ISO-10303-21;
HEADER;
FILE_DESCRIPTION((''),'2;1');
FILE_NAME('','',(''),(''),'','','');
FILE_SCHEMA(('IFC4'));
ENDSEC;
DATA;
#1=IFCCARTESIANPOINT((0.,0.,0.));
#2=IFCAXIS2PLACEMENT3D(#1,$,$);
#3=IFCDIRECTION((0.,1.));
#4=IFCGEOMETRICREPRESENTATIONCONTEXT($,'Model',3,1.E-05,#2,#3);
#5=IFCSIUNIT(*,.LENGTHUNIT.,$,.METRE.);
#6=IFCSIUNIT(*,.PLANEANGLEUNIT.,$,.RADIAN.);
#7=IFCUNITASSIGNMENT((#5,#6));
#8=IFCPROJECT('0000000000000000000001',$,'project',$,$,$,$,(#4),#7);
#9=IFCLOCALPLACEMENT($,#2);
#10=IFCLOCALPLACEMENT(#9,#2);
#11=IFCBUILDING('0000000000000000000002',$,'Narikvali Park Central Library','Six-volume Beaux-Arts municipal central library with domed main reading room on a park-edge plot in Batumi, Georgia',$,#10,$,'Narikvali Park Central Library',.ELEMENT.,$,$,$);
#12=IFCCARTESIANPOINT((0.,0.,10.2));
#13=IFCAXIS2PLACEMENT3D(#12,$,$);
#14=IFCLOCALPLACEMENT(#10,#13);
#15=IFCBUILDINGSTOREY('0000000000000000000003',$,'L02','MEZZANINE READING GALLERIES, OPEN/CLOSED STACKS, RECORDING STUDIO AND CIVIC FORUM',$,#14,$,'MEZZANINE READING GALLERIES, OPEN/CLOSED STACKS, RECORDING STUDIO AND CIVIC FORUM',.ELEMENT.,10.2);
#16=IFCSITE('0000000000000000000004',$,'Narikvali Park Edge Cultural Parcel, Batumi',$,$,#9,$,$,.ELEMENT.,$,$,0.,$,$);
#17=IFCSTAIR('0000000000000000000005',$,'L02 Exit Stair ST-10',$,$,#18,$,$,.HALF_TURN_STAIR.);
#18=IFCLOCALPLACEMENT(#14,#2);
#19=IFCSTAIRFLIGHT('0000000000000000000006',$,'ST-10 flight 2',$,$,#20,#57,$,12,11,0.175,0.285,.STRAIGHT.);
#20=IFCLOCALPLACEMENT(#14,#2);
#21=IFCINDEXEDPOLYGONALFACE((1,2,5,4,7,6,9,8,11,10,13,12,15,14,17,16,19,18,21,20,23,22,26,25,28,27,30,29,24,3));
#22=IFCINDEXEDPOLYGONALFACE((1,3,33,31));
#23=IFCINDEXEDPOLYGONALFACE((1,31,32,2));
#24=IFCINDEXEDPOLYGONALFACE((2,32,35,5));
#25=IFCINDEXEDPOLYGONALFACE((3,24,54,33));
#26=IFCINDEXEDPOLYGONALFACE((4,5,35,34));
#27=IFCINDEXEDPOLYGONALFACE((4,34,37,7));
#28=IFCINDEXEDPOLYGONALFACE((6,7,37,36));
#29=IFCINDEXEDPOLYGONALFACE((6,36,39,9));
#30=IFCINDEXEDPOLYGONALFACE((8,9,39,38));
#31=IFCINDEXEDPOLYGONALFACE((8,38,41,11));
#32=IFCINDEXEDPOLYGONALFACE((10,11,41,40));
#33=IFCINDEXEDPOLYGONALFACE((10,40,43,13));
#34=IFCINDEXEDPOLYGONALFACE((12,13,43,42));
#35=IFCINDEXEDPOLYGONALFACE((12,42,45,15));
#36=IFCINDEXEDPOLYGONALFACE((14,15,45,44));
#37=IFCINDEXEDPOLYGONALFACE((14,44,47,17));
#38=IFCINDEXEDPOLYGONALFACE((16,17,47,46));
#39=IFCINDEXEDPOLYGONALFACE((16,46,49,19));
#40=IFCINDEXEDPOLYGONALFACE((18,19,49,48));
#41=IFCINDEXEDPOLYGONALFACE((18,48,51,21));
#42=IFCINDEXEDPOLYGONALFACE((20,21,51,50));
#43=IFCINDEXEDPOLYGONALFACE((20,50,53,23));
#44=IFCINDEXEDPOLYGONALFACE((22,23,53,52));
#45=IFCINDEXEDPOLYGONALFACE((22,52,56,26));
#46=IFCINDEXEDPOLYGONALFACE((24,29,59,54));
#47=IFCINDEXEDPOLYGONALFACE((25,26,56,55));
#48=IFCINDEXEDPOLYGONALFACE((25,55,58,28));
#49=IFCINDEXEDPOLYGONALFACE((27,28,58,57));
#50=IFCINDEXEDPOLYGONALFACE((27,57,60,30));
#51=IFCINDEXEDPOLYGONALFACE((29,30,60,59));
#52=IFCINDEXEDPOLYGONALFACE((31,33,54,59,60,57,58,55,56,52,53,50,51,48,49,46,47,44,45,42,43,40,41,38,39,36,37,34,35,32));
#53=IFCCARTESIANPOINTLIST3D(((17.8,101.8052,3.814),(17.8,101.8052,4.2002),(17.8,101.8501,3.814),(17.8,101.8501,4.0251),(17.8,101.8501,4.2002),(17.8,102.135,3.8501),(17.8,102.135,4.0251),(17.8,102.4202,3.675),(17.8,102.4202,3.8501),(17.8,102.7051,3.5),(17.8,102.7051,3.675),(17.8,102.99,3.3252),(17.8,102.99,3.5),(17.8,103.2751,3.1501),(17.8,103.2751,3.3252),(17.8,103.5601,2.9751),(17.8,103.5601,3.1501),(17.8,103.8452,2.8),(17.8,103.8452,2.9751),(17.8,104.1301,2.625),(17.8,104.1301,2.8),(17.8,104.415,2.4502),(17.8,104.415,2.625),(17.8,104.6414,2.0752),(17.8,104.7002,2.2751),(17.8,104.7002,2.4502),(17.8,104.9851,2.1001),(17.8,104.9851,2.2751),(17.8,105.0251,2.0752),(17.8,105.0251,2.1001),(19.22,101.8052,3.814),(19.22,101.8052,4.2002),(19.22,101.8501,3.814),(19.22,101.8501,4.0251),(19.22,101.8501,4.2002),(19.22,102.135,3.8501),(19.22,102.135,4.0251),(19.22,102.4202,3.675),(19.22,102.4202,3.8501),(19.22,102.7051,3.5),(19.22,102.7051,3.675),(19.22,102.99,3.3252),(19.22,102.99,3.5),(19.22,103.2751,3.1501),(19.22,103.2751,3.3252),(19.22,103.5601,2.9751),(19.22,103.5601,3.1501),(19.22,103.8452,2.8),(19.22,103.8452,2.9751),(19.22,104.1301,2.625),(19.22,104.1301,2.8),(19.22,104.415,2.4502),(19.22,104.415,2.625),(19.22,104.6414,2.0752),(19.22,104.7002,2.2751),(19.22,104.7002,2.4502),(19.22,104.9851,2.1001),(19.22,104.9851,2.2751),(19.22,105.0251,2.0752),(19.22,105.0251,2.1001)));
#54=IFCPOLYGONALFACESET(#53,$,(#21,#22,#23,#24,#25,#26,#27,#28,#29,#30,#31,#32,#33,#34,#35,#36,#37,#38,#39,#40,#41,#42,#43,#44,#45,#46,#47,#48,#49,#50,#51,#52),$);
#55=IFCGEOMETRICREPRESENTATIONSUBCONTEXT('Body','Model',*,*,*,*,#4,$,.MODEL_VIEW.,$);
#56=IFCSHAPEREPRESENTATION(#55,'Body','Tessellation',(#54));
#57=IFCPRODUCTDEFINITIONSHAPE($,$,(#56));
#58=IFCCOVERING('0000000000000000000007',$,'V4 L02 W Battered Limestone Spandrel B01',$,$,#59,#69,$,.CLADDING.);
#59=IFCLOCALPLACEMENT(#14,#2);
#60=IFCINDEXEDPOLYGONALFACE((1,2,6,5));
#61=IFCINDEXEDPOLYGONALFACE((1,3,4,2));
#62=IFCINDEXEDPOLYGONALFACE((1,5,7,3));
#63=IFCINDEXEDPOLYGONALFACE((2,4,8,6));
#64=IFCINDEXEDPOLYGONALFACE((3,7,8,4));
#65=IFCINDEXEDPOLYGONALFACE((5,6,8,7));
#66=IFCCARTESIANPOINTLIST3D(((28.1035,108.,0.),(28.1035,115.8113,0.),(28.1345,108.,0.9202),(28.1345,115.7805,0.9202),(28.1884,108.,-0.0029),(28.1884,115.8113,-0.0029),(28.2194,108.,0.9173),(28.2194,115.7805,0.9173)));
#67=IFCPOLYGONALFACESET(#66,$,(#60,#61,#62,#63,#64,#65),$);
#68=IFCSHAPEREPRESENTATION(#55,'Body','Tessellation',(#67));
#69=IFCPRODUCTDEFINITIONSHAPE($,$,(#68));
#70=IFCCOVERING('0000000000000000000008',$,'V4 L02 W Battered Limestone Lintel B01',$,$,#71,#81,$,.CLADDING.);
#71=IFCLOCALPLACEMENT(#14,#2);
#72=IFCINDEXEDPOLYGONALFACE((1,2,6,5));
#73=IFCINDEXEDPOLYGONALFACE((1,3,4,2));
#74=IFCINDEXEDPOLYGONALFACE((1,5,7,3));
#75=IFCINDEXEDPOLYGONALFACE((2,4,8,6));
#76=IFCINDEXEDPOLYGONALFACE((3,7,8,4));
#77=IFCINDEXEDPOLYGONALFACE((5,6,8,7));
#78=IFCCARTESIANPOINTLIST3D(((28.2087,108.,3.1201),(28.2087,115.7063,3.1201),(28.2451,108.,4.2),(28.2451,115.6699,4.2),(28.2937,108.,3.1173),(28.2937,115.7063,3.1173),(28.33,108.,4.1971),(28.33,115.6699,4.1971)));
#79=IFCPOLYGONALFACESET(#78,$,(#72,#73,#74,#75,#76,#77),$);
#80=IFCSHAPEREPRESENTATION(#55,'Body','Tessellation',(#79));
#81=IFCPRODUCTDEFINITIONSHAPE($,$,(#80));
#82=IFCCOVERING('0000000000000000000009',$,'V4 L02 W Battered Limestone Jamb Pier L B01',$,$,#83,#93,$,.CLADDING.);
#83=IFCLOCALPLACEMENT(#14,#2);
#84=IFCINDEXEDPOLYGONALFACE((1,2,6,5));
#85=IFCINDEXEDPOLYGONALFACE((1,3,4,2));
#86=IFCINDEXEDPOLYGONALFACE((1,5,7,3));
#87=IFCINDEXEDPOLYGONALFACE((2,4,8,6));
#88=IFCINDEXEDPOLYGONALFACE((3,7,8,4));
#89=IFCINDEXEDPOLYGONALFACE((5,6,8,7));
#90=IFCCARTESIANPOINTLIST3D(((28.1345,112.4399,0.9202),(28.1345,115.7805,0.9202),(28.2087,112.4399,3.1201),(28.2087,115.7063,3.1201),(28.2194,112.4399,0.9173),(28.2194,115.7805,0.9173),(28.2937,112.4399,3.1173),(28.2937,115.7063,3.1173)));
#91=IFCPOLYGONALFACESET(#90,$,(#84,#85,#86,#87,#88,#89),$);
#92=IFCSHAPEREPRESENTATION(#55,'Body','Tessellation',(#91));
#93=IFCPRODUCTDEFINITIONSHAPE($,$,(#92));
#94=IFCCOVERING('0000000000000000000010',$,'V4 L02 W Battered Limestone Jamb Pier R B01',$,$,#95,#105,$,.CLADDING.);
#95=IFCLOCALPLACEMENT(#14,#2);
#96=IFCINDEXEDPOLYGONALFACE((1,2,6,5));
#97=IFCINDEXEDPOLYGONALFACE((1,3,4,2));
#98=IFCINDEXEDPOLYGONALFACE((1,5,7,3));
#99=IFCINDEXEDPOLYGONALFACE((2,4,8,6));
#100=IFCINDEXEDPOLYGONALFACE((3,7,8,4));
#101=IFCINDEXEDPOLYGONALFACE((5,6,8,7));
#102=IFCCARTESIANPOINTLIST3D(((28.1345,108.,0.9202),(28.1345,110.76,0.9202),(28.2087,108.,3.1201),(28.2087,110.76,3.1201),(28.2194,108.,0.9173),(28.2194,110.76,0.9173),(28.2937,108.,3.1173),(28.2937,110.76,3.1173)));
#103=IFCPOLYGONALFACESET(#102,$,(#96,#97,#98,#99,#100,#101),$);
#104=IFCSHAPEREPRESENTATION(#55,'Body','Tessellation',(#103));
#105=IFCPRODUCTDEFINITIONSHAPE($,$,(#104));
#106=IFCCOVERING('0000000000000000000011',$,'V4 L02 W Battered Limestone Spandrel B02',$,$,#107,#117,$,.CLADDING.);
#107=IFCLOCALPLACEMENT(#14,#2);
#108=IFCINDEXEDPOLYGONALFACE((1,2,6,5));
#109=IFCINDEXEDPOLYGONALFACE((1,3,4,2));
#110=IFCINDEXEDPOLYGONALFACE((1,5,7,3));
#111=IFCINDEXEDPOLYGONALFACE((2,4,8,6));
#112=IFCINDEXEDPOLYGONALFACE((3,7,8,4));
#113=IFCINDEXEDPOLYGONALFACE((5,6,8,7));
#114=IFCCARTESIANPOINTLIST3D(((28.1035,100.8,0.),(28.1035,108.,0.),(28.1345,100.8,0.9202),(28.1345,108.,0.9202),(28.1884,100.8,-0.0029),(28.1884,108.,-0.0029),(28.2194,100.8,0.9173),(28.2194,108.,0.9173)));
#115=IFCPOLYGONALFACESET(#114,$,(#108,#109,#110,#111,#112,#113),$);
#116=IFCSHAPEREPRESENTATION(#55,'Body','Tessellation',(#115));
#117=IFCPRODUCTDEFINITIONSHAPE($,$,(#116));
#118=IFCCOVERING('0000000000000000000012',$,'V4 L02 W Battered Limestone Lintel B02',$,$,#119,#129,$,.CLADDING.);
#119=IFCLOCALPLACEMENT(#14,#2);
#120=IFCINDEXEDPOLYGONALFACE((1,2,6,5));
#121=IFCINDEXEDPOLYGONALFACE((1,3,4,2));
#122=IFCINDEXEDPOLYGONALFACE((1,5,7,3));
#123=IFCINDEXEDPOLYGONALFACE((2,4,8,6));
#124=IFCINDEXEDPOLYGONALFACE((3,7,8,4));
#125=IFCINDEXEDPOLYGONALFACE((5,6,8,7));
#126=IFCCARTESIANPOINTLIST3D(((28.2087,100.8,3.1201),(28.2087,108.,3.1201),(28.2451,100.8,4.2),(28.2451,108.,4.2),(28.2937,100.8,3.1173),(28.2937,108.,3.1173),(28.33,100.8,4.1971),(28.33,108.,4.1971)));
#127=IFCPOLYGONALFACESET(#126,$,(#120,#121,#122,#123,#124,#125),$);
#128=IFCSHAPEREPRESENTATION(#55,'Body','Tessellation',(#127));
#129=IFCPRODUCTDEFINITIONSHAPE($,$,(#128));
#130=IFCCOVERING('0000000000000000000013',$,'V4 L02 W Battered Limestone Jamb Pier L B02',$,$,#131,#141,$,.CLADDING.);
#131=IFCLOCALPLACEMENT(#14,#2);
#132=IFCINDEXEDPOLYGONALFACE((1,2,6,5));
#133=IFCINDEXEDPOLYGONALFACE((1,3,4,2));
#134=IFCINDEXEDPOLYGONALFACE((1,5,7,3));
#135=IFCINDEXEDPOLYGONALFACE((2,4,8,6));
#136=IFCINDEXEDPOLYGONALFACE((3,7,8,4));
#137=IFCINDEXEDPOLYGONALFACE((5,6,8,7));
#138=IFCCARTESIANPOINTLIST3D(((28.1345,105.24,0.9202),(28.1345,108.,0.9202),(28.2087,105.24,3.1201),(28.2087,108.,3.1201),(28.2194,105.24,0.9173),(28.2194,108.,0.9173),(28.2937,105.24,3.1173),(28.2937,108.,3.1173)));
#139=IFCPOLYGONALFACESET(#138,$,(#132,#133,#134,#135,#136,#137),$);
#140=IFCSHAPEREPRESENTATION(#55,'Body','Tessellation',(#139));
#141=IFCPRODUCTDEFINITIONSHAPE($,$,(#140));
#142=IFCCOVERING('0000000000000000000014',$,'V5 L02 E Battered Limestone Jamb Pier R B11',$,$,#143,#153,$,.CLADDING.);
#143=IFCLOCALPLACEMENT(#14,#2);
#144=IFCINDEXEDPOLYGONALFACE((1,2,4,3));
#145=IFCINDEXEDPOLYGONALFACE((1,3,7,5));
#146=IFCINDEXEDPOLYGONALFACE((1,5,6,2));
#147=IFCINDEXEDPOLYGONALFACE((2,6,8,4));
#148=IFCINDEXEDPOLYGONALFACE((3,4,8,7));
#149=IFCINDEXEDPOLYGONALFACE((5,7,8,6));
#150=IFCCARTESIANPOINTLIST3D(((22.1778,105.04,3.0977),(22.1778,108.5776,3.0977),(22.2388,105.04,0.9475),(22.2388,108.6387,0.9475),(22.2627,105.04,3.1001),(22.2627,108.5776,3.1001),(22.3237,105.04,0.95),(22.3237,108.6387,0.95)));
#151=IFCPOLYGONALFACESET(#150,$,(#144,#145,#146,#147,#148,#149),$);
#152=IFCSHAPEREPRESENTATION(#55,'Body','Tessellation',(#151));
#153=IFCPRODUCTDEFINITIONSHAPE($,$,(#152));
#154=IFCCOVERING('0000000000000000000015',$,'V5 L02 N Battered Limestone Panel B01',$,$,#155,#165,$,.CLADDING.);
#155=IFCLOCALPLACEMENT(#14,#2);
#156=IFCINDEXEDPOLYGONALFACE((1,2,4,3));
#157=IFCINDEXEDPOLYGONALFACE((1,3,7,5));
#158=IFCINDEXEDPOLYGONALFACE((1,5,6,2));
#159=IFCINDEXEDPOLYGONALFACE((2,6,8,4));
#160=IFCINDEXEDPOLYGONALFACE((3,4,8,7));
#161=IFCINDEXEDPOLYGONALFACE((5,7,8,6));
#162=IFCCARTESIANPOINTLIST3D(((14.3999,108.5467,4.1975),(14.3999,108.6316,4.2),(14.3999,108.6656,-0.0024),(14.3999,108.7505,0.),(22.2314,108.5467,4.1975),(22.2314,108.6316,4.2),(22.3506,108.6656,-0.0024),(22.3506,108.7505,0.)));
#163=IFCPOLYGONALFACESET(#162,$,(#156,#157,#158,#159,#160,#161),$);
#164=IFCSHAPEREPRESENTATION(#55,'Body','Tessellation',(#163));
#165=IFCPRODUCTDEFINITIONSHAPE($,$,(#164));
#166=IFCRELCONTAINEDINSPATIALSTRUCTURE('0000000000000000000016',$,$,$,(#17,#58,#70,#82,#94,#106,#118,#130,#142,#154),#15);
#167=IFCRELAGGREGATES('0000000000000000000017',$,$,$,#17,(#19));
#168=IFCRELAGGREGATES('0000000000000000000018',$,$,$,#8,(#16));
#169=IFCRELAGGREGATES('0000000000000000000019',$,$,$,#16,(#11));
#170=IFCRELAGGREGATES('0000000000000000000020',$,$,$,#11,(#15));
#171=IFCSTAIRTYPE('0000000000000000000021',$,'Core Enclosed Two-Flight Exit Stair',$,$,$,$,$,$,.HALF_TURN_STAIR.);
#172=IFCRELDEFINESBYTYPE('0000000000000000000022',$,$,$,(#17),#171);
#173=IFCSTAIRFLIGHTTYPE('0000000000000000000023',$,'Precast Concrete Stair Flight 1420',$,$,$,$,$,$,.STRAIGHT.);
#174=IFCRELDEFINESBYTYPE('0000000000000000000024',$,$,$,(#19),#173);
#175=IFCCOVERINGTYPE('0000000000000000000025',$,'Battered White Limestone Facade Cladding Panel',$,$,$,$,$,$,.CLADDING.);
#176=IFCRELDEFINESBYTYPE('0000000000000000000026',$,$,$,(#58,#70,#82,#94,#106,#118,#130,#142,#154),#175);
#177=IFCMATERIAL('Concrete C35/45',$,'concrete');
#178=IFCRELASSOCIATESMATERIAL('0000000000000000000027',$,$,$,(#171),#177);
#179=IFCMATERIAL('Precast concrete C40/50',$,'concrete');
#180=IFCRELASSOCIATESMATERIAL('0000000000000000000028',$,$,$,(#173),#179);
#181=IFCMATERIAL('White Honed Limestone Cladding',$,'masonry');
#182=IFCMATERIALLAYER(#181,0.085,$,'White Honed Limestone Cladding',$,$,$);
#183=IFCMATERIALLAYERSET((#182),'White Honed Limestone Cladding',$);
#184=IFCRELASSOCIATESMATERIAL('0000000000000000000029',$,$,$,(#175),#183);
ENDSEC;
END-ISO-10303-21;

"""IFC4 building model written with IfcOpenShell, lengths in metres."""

from ifc_helpers import new_model, si_unit, direction, frame, origin, place, context, subcontext, project, spatial, polyline, outline, extrude, material, layer, layer_set, type_object, element, aggregate, save


model = new_model("IFC4")

# Units and contexts
model_context = context("Model", 3, precision=1e-05, world=origin(), true_north=direction((0.0, 1.0)))
body_context = subcontext(model_context, "Body", "Model", "MODEL_VIEW")
ifc_project = project(units=[si_unit("LENGTHUNIT", "METRE"), si_unit("PLANEANGLEUNIT", "RADIAN")], contexts=[model_context])

# Site, building, storey
site_placement = place(None, origin())
site = spatial("IfcSite", under=ifc_project, at=site_placement, Name="Narikvali Park Edge Cultural Parcel, Batumi", CompositionType="ELEMENT", RefElevation=0.0)
building_placement = place(site_placement, origin())
building = spatial("IfcBuilding", under=site, at=building_placement, Name="Narikvali Park Central Library", Description="Six-volume Beaux-Arts municipal central library with domed main reading room on a park-edge plot in Batumi, Georgia", LongName="Narikvali Park Central Library", CompositionType="ELEMENT")
storey_placement = place(building_placement, frame((0.0, 0.0, 10.2)))
storey = spatial("IfcBuildingStorey", under=building, at=storey_placement, Name="L02", Description="MEZZANINE READING GALLERIES, OPEN/CLOSED STACKS, RECORDING STUDIO AND CIVIC FORUM", LongName="MEZZANINE READING GALLERIES, OPEN/CLOSED STACKS, RECORDING STUDIO AND CIVIC FORUM", CompositionType="ELEMENT", Elevation=10.2)

# Stair, stair flight
ifc_material_1 = material(Name="Concrete C35/45", Category="concrete")
stair_type = type_object("IfcStairType", Name="Core Enclosed Two-Flight Exit Stair", PredefinedType="HALF_TURN_STAIR", material=ifc_material_1)
stair_placement = place(storey_placement, origin())
stair = element("IfcStair", 1, at=stair_placement, inside=storey, type_object=stair_type, Name="L02 Exit Stair ST-10", PredefinedType="HALF_TURN_STAIR")
ifc_material_2 = material(Name="Precast concrete C40/50", Category="concrete")
stair_flight_type = type_object("IfcStairFlightType", Name="Precast Concrete Stair Flight 1420", PredefinedType="STRAIGHT", material=ifc_material_2)
stair_flight_placement = place(storey_placement, frame((18.51, 104.9851, 2.1001), z_axis=(0.0, 0.0, 1.0), x_axis=(0.0, -1.0, 0.0)))
stair_flight = element("IfcStairFlight", 2, at=stair_flight_placement, type_object=stair_flight_type, Name="ST-10 flight 2", NumberOfRisers=12, NumberOfTreads=11, PredefinedType="STRAIGHT", RiserHeight=0.175, TreadLength=0.285, context=body_context, shape_type="SweptSolid", body=[
    extrude(outline(polyline([(-0.04, -0.0249), (-0.04, 0.0), (0.0, 0.0), (0.0, 0.175), (0.2849, 0.175), (0.2849, 0.3501), (0.5701, 0.3501), (0.5701, 0.5249), (0.855, 0.5249), (0.855, 0.7), (1.1399, 0.7), (1.1399, 0.875), (1.425, 0.875), (1.425, 1.05), (1.71, 1.05), (1.71, 1.2251), (1.9951, 1.2251), (1.9951, 1.3999), (2.28, 1.3999), (2.28, 1.575), (2.5649, 1.575), (2.5649, 1.75), (2.8501, 1.75), (2.8501, 1.925), (3.135, 1.925), (3.135, 2.1001), (3.1799, 2.1001), (3.1799, 1.7139), (3.135, 1.7139), (0.3438, -0.0249), (-0.04, -0.0249)])), frame((0.0, 0.71, 0.0), z_axis=(0.0, -1.0, 0.0), x_axis=(1.0, 0.0, 0.0)), (0.0, 0.0, 1.0), 1.4199),
])
aggregate(stair, [stair_flight])

# Coverings
ifc_material_3 = material(Name="White Honed Limestone Cladding", Category="masonry")
ifc_layer_1 = layer(ifc_material_3, 0.085, Name="White Honed Limestone Cladding")
ifc_layer_set_1 = layer_set([ifc_layer_1], Name="White Honed Limestone Cladding")
covering_type = type_object("IfcCoveringType", Name="Battered White Limestone Facade Cladding Panel", PredefinedType="CLADDING", material=ifc_layer_set_1)
covering_1_placement = place(storey_placement, frame((28.1035, 115.8113, 0.0), z_axis=(-0.999433, 0.0, 0.033677), x_axis=(0.0, -1.0, 0.0)))
element("IfcCovering", 3, at=covering_1_placement, inside=storey, type_object=covering_type, Name="V4 L02 W Battered Limestone Spandrel B01", PredefinedType="CLADDING", context=body_context, shape_type="SweptSolid", body=[
    extrude(outline(polyline([(0.0, 0.0), (7.8113, 0.0), (7.8113, 0.9207), (0.0308, 0.9207), (0.0, 0.0)])), origin(), (0.0, 0.0, -1.0), 0.085),
])
covering_2_placement = place(storey_placement, frame((28.2087, 115.7063, 3.1201), z_axis=(-0.999433, 0.0, 0.033668), x_axis=(0.0, -1.0, 0.0)))
element("IfcCovering", 4, at=covering_2_placement, inside=storey, type_object=covering_type, Name="V4 L02 W Battered Limestone Lintel B01", PredefinedType="CLADDING", context=body_context, shape_type="SweptSolid", body=[
    extrude(outline(polyline([(0.0, 0.0), (7.7063, 0.0), (7.7063, 1.0804), (0.0364, 1.0804), (0.0, 0.0)])), origin(), (0.0, 0.0, -1.0), 0.085),
])
covering_3_placement = place(storey_placement, frame((28.1345, 115.7805, 0.9202), z_axis=(-0.999431, 0.0, 0.033717), x_axis=(0.0, -1.0, 0.0)))
element("IfcCovering", 5, at=covering_3_placement, inside=storey, type_object=covering_type, Name="V4 L02 W Battered Limestone Jamb Pier L B01", PredefinedType="CLADDING", context=body_context, shape_type="SweptSolid", body=[
    extrude(outline(polyline([(0.0, 0.0), (3.3406, 0.0), (3.3406, 2.2012), (0.0742, 2.2012), (0.0, 0.0)])), origin(), (0.0, 0.0, -1.0), 0.085),
])
covering_4_placement = place(storey_placement, frame((28.1345, 110.76, 0.9202), z_axis=(-0.999431, 0.0, 0.033717), x_axis=(0.0, -1.0, 0.0)))
element("IfcCovering", 6, at=covering_4_placement, inside=storey, type_object=covering_type, Name="V4 L02 W Battered Limestone Jamb Pier R B01", PredefinedType="CLADDING", context=body_context, shape_type="SweptSolid", body=[
    extrude(outline(polyline([(0.0, 0.0), (2.76, 0.0), (2.76, 2.2012), (0.0, 2.2012), (0.0, 0.0)])), origin(), (0.0, 0.0, -1.0), 0.085),
])
covering_5_placement = place(storey_placement, frame((28.1035, 108.0, 0.0), z_axis=(-0.999433, 0.0, 0.033677), x_axis=(0.0, -1.0, 0.0)))
element("IfcCovering", 7, at=covering_5_placement, inside=storey, type_object=covering_type, Name="V4 L02 W Battered Limestone Spandrel B02", PredefinedType="CLADDING", context=body_context, shape_type="SweptSolid", body=[
    extrude(outline(polyline([(0.0, 0.0), (7.2, 0.0), (7.2, 0.9207), (0.0, 0.9207), (0.0, 0.0)])), origin(), (0.0, 0.0, -1.0), 0.085),
])
covering_6_placement = place(storey_placement, frame((28.2087, 108.0, 3.1201), z_axis=(-0.999433, 0.0, 0.033668), x_axis=(0.0, -1.0, 0.0)))
element("IfcCovering", 8, at=covering_6_placement, inside=storey, type_object=covering_type, Name="V4 L02 W Battered Limestone Lintel B02", PredefinedType="CLADDING", context=body_context, shape_type="SweptSolid", body=[
    extrude(outline(polyline([(0.0, 0.0), (7.2, 0.0), (7.2, 1.0804), (0.0, 1.0804), (0.0, 0.0)])), origin(), (0.0, 0.0, -1.0), 0.085),
])
covering_7_placement = place(storey_placement, frame((28.1345, 108.0, 0.9202), z_axis=(-0.999431, 0.0, 0.033717), x_axis=(0.0, -1.0, 0.0)))
element("IfcCovering", 9, at=covering_7_placement, inside=storey, type_object=covering_type, Name="V4 L02 W Battered Limestone Jamb Pier L B02", PredefinedType="CLADDING", context=body_context, shape_type="SweptSolid", body=[
    extrude(outline(polyline([(0.0, 0.0), (2.76, 0.0), (2.76, 2.2012), (0.0, 2.2012), (0.0, 0.0)])), origin(), (0.0, 0.0, -1.0), 0.085),
])
covering_8_placement = place(storey_placement, frame((22.3237, 105.04, 0.95), z_axis=(0.999597, 0.0, 0.028375), x_axis=(0.0, 1.0, 0.0)))
element("IfcCovering", 10, at=covering_8_placement, inside=storey, type_object=covering_type, Name="V5 L02 E Battered Limestone Jamb Pier R B11", PredefinedType="CLADDING", context=body_context, shape_type="SweptSolid", body=[
    extrude(outline(polyline([(0.0, 0.0), (3.5986, 0.0), (3.5376, 2.151), (0.0, 2.151), (0.0, 0.0)])), origin(), (0.0, 0.0, -1.0), 0.085),
])
covering_9_placement = place(storey_placement, frame((22.3506, 108.7505, 0.0), z_axis=(0.0, 0.9996, 0.028298), x_axis=(-1.0, 0.0, 0.0)))
element("IfcCovering", 11, at=covering_9_placement, inside=storey, type_object=covering_type, Name="V5 L02 N Battered Limestone Panel B01", PredefinedType="CLADDING", context=body_context, shape_type="SweptSolid", body=[
    extrude(outline(polyline([(0.0, 0.0), (7.9507, 0.0), (7.9507, 4.2016), (0.1191, 4.2016), (0.0, 0.0)])), origin(), (0.0, 0.0, -1.0), 0.085),
])

save(model, "model.ifc")
